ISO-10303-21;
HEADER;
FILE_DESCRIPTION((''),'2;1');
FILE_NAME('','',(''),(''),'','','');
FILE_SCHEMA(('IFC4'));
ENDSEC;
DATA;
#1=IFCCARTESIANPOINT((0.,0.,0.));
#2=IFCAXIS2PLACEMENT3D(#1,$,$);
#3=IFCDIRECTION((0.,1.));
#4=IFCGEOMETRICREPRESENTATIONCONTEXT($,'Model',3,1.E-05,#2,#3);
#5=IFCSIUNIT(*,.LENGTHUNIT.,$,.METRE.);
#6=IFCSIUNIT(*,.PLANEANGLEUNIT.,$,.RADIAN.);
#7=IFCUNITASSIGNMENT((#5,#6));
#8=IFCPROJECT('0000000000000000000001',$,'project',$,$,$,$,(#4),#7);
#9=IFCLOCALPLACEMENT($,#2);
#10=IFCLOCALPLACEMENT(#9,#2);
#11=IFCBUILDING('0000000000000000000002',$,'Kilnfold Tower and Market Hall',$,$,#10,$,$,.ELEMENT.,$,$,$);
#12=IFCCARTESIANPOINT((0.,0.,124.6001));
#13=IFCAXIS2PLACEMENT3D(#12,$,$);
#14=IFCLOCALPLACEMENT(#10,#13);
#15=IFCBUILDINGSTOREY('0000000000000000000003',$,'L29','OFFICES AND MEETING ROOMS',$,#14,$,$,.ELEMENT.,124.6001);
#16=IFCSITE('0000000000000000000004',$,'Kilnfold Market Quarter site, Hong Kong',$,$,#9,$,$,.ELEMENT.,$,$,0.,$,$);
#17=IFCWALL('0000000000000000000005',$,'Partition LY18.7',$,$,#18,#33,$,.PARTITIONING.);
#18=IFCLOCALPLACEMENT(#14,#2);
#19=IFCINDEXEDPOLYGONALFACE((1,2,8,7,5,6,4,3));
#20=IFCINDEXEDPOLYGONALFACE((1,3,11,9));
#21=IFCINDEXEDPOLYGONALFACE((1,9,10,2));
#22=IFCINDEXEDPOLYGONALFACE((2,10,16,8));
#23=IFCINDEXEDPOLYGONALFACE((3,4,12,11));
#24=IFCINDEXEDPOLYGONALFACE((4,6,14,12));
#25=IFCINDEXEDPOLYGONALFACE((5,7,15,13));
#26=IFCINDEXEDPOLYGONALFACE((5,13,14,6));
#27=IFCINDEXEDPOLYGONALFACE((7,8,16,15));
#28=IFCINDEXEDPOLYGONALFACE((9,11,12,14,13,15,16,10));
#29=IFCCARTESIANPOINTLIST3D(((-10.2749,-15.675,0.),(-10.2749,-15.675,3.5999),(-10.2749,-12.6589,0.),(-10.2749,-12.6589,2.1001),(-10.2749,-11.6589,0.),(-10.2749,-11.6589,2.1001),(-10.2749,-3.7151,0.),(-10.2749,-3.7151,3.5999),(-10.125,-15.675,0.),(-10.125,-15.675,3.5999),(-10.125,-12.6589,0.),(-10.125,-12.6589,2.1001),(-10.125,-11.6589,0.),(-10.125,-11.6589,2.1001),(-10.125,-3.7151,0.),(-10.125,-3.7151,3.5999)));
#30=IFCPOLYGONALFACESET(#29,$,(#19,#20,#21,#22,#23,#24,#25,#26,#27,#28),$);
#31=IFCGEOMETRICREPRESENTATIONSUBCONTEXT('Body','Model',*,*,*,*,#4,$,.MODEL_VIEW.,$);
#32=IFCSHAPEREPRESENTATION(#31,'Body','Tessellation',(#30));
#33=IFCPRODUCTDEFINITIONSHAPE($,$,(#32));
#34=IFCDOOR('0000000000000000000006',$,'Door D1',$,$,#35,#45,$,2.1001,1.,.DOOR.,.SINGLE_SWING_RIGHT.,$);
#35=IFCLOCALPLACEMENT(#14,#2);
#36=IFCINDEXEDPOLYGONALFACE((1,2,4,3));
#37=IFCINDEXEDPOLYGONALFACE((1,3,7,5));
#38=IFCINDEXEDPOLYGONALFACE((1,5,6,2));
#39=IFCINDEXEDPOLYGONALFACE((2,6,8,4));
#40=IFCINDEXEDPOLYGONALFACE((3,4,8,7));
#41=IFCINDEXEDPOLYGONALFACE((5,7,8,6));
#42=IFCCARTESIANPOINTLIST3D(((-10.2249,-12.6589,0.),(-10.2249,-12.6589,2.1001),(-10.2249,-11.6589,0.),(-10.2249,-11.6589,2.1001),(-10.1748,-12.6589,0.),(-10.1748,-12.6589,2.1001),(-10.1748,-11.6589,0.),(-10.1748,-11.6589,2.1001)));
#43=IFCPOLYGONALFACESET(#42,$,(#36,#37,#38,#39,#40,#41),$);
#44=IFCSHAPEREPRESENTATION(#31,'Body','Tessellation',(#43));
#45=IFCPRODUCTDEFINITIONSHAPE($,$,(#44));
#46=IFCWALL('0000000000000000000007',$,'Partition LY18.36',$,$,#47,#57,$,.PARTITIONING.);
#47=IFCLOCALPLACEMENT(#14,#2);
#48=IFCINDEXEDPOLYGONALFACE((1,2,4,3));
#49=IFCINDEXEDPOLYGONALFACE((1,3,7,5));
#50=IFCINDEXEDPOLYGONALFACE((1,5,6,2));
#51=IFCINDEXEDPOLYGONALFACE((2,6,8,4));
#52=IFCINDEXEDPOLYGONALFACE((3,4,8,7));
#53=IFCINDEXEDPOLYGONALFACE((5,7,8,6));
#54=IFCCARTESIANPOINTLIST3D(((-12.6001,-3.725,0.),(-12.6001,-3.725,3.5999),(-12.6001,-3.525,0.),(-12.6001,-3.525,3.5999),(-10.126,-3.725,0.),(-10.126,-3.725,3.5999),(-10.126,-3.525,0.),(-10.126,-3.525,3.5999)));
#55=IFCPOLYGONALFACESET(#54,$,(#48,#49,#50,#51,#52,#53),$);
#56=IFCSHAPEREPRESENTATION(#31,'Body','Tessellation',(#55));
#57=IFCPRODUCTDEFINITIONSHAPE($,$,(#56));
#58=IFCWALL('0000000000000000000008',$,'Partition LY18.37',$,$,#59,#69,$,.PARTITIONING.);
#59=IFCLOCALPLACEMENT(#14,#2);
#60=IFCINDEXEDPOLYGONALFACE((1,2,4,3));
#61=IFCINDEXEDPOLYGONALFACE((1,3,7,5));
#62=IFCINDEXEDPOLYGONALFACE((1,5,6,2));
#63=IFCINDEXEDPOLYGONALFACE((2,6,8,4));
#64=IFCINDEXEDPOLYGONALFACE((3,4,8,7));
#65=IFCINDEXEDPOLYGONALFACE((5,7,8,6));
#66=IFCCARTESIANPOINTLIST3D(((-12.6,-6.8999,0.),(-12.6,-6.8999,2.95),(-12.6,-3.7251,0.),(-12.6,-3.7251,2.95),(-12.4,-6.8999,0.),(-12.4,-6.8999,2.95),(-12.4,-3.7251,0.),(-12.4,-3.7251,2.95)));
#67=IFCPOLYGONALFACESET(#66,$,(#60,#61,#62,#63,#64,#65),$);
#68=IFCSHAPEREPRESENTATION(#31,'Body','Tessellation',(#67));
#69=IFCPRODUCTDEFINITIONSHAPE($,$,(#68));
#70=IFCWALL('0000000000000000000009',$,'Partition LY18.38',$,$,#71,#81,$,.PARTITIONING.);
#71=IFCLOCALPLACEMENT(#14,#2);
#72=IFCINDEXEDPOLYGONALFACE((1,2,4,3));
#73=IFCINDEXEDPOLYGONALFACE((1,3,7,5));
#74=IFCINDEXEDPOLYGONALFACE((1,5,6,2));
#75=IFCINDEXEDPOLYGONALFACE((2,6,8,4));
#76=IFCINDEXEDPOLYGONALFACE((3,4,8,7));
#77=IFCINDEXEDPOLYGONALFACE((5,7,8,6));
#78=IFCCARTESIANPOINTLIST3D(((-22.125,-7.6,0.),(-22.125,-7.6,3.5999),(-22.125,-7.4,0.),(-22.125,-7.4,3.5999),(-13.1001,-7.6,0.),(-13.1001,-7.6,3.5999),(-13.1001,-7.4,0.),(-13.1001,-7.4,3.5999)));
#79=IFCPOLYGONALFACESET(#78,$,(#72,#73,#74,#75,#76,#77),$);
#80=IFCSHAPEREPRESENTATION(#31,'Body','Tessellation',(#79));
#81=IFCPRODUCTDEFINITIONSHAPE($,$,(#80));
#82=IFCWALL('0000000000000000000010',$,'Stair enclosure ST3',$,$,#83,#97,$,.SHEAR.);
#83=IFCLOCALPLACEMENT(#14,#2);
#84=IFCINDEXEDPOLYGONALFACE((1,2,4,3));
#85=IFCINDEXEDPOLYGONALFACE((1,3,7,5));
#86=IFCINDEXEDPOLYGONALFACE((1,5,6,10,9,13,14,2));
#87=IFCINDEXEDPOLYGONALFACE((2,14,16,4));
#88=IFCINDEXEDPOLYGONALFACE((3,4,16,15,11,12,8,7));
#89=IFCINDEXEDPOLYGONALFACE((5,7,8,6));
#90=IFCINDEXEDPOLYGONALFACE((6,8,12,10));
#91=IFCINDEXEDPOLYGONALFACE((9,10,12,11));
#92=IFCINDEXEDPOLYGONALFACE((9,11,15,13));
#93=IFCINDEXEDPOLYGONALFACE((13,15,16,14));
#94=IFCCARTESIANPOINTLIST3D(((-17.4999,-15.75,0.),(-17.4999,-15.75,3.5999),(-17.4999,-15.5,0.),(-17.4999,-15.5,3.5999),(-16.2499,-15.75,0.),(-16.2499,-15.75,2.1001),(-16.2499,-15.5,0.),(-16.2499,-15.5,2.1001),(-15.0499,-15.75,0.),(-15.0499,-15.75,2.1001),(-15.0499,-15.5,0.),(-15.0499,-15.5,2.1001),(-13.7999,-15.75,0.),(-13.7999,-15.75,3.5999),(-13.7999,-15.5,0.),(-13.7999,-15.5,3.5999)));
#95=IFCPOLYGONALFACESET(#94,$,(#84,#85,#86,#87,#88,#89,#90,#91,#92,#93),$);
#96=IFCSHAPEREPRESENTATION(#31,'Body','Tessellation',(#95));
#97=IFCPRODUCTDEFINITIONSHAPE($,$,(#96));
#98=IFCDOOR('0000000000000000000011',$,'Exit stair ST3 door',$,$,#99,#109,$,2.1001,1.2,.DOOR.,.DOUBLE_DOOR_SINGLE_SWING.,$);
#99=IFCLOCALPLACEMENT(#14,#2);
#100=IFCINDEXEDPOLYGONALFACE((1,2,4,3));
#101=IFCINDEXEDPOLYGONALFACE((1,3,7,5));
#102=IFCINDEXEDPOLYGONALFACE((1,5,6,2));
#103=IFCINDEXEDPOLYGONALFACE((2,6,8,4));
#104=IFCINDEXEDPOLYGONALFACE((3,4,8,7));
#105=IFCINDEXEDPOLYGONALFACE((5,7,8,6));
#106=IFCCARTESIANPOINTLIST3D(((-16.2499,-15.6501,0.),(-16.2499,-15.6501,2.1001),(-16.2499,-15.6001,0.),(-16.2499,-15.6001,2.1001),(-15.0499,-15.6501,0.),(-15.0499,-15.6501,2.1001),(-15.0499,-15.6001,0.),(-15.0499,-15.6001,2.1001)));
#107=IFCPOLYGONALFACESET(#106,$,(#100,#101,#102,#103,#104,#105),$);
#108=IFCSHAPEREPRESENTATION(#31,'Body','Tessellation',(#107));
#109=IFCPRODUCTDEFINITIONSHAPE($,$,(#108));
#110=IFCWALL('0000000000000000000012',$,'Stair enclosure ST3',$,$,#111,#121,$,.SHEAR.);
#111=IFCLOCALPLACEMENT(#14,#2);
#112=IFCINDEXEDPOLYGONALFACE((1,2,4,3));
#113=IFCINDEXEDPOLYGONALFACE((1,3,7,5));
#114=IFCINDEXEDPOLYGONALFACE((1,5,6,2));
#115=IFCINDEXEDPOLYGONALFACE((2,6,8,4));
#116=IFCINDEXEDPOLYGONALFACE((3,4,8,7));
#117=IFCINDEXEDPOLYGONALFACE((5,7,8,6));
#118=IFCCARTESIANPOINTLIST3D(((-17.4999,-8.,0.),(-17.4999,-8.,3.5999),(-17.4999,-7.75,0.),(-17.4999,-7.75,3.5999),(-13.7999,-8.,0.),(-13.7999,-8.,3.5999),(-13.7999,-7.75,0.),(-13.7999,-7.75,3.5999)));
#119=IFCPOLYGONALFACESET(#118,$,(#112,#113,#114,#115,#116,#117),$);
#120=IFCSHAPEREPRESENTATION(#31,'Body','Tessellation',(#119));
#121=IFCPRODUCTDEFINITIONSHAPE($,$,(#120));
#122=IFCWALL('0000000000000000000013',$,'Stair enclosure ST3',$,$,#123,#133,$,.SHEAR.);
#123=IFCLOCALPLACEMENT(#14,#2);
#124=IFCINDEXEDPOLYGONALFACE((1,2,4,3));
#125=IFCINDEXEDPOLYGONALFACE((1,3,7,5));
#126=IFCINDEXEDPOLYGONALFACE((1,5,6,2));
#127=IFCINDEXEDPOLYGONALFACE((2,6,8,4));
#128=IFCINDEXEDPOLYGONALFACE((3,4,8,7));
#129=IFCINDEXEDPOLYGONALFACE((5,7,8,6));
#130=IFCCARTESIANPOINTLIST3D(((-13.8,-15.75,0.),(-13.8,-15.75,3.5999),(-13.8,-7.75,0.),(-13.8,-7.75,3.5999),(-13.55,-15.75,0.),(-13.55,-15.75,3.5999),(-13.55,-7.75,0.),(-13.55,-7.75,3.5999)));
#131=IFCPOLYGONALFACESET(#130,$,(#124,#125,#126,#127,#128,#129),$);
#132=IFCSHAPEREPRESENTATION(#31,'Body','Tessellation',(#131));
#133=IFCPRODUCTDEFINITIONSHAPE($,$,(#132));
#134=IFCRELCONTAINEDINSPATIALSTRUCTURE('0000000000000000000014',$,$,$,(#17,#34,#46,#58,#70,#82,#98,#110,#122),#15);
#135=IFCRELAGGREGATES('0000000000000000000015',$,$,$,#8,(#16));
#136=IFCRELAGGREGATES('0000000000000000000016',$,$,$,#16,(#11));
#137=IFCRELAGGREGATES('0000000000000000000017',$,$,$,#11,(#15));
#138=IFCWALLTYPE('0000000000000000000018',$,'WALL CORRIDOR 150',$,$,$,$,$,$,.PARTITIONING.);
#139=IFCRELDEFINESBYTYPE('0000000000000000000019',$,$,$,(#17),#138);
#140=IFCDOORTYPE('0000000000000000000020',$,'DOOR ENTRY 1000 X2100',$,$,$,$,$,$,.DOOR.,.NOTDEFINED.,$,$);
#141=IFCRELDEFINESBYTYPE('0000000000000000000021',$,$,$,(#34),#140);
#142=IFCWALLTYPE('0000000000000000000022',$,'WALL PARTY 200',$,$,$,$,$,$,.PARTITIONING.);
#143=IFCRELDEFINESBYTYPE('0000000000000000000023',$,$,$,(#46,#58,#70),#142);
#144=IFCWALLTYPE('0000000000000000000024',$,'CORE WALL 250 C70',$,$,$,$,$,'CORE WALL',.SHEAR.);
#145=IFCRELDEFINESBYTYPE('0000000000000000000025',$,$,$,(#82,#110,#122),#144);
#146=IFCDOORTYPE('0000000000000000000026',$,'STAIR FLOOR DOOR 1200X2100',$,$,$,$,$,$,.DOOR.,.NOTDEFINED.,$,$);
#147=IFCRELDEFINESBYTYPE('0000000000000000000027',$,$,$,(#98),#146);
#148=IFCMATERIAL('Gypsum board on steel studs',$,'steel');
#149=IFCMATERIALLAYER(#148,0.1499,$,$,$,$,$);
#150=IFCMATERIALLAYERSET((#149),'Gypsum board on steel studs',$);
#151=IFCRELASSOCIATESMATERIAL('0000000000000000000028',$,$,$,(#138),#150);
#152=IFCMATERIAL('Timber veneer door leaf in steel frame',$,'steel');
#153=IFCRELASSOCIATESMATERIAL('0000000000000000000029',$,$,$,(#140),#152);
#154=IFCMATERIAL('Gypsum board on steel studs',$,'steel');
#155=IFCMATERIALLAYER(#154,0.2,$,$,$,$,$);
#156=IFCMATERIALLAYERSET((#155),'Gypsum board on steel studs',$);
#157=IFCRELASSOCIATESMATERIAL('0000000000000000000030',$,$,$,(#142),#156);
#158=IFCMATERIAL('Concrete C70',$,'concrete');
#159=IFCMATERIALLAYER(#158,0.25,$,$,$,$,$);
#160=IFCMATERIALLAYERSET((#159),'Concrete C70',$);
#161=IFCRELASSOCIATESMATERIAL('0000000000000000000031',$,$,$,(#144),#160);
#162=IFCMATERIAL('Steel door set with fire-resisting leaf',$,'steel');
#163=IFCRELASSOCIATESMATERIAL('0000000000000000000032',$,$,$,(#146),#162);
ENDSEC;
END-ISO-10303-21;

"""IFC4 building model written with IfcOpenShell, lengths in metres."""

from ifc_helpers import new_model, si_unit, direction, frame, frame_2d, origin, place, context, subcontext, project, spatial, rectangle, extrude, source, transform, mapped, material, layer, layer_set, type_object, element, fill, save


model = new_model("IFC4")

# Units and contexts
model_context = context("Model", 3, precision=1e-05, world=origin(), true_north=direction((0.0, 1.0)))
body_context = subcontext(model_context, "Body", "Model", "MODEL_VIEW")
ifc_project = project(units=[si_unit("LENGTHUNIT", "METRE"), si_unit("PLANEANGLEUNIT", "RADIAN")], contexts=[model_context])

# Site, building, storey
site_placement = place(None, origin())
site = spatial("IfcSite", under=ifc_project, at=site_placement, Name="Kilnfold Market Quarter site, Hong Kong", CompositionType="ELEMENT", RefElevation=0.0)
building_placement = place(site_placement, origin())
building = spatial("IfcBuilding", under=site, at=building_placement, Name="Kilnfold Tower and Market Hall", CompositionType="ELEMENT")
storey_placement = place(building_placement, frame((0.0, 0.0, 124.6001)))
storey = spatial("IfcBuildingStorey", under=building, at=storey_placement, Name="L29", Description="OFFICES AND MEETING ROOMS", CompositionType="ELEMENT", Elevation=124.6001)

# Shared definitions
ifc_material_1 = material(Name="Gypsum board on steel studs", Category="steel")
ifc_layer_1 = layer(ifc_material_1, 0.1499)
ifc_layer_set_1 = layer_set([ifc_layer_1], Name="Gypsum board on steel studs")
wall_type_1 = type_object("IfcWallType", Name="WALL CORRIDOR 150", PredefinedType="PARTITIONING", material=ifc_layer_set_1)

# Wall, opening, door
wall_1_placement = place(storey_placement, frame((-10.2, -15.675, 0.0), z_axis=(0.0, 0.0, 1.0), x_axis=(0.0, 1.0, 0.0)))
wall_1 = element("IfcWall", 1, at=wall_1_placement, inside=storey, type_object=wall_type_1, Name="Partition LY18.7", PredefinedType="PARTITIONING", context=body_context, shape_type="SweptSolid", body=[
    extrude(rectangle(XDim=11.96, YDim=0.1499, at=frame_2d((5.98, 0.0))), origin(), (0.0, 0.0, 1.0), 3.5999),
])
opening_1_placement = place(wall_1_placement, frame((3.0161, 0.0, 0.0)))
opening_1 = element("IfcOpeningElement", 2, at=opening_1_placement, cuts=wall_1, PredefinedType="OPENING", context=body_context, shape_type="SweptSolid", body=[
    extrude(rectangle(XDim=1.0, YDim=2.1001, at=frame_2d((0.5, 1.05))), frame((0.0, 0.085, 0.0), z_axis=(0.0, -1.0, 0.0), x_axis=(1.0, 0.0, 0.0)), (0.0, 0.0, 1.0), 0.1699),
])
ifc_material_2 = material(Name="Timber veneer door leaf in steel frame", Category="steel")
door_type_1 = type_object("IfcDoorType", Name="DOOR ENTRY 1000 X2100", OperationType="NOTDEFINED", PredefinedType="DOOR", material=ifc_material_2)
door_1_placement = place(opening_1_placement, origin())
door_1 = element("IfcDoor", 3, at=door_1_placement, inside=storey, type_object=door_type_1, Name="Door D1", OperationType="SINGLE_SWING_RIGHT", OverallHeight=2.1001, OverallWidth=1.0, PredefinedType="DOOR", context=body_context, shape_type="SweptSolid", body=[
    extrude(rectangle(XDim=1.0, YDim=2.1001, at=frame_2d((0.5, 1.05))), frame((0.0, 0.0249, 0.0), z_axis=(0.0, -1.0, 0.0), x_axis=(1.0, 0.0, 0.0)), (0.0, 0.0, 1.0), 0.05),
])
fill(opening_1, door_1)

# Walls
ifc_material_3 = material(Name="Gypsum board on steel studs", Category="steel")
ifc_layer_2 = layer(ifc_material_3, 0.2)
ifc_layer_set_2 = layer_set([ifc_layer_2], Name="Gypsum board on steel studs")
wall_type_2 = type_object("IfcWallType", Name="WALL PARTY 200", PredefinedType="PARTITIONING", material=ifc_layer_set_2)
wall_2_placement = place(storey_placement, frame((-12.6001, -3.625, 0.0), z_axis=(0.0, 0.0, 1.0), x_axis=(1.0, 0.0, 0.0)))
element("IfcWall", 4, at=wall_2_placement, inside=storey, type_object=wall_type_2, Name="Partition LY18.36", PredefinedType="PARTITIONING", context=body_context, shape_type="SweptSolid", body=[
    extrude(rectangle(XDim=2.4741, YDim=0.2, at=frame_2d((1.2371, 0.0))), origin(), (0.0, 0.0, 1.0), 3.5999),
])
wall_3_placement = place(storey_placement, frame((-12.5, -6.8999, 0.0), z_axis=(0.0, 0.0, 1.0), x_axis=(0.0, 1.0, 0.0)))
element("IfcWall", 5, at=wall_3_placement, inside=storey, type_object=wall_type_2, Name="Partition LY18.37", PredefinedType="PARTITIONING", context=body_context, shape_type="SweptSolid", body=[
    extrude(rectangle(XDim=3.1748, YDim=0.2, at=frame_2d((1.5874, 0.0))), origin(), (0.0, 0.0, 1.0), 2.95),
])
wall_4_placement = place(storey_placement, frame((-22.125, -7.5, 0.0), z_axis=(0.0, 0.0, 1.0), x_axis=(1.0, 0.0, 0.0)))
element("IfcWall", 6, at=wall_4_placement, inside=storey, type_object=wall_type_2, Name="Partition LY18.38", PredefinedType="PARTITIONING", context=body_context, shape_type="SweptSolid", body=[
    extrude(rectangle(XDim=9.0249, YDim=0.2, at=frame_2d((4.5125, 0.0))), origin(), (0.0, 0.0, 1.0), 3.5999),
])

# Wall, opening, door
ifc_material_4 = material(Name="Concrete C70", Category="concrete")
ifc_layer_3 = layer(ifc_material_4, 0.25)
ifc_layer_set_3 = layer_set([ifc_layer_3], Name="Concrete C70")
wall_type_3 = type_object("IfcWallType", Name="CORE WALL 250 C70", ElementType="CORE WALL", PredefinedType="SHEAR", material=ifc_layer_set_3)
shared_shape_1 = source(origin(), body_context, "Body", "SweptSolid", [
    extrude(rectangle(XDim=3.7, YDim=0.25, at=frame_2d((1.8501, 0.0))), origin(), (0.0, 0.0, 1.0), 3.5999),
])
wall_5_placement = place(storey_placement, frame((-17.5, -15.625, 0.0), z_axis=(0.0, 0.0, 1.0), x_axis=(1.0, 0.0, 0.0)))
wall_5 = element("IfcWall", 7, at=wall_5_placement, inside=storey, type_object=wall_type_3, Name="Stair enclosure ST3", PredefinedType="SHEAR", context=body_context, shape_type="MappedRepresentation", body=[
    mapped(shared_shape_1, transform((0.0, 0.0, 0.0))),
])
opening_2_placement = place(wall_5_placement, frame((1.25, 0.0, 0.0)))
opening_2 = element("IfcOpeningElement", 8, at=opening_2_placement, cuts=wall_5, PredefinedType="OPENING", context=body_context, shape_type="SweptSolid", body=[
    extrude(rectangle(XDim=1.2, YDim=2.1001, at=frame_2d((0.6001, 1.05))), frame((0.0, 0.135, 0.0), z_axis=(0.0, -1.0, 0.0), x_axis=(1.0, 0.0, 0.0)), (0.0, 0.0, 1.0), 0.27),
])
ifc_material_5 = material(Name="Steel door set with fire-resisting leaf", Category="steel")
door_type_2 = type_object("IfcDoorType", Name="STAIR FLOOR DOOR 1200X2100", OperationType="NOTDEFINED", PredefinedType="DOOR", material=ifc_material_5)
door_2_placement = place(opening_2_placement, origin())
door_2 = element("IfcDoor", 9, at=door_2_placement, inside=storey, type_object=door_type_2, Name="Exit stair ST3 door", OperationType="DOUBLE_DOOR_SINGLE_SWING", OverallHeight=2.1001, OverallWidth=1.2, PredefinedType="DOOR", context=body_context, shape_type="SweptSolid", body=[
    extrude(rectangle(XDim=1.2, YDim=2.1001, at=frame_2d((0.6001, 1.05))), frame((0.0, 0.0249, 0.0), z_axis=(0.0, -1.0, 0.0), x_axis=(1.0, 0.0, 0.0)), (0.0, 0.0, 1.0), 0.05),
])
fill(opening_2, door_2)

# Walls
wall_6_placement = place(storey_placement, frame((-17.5, -7.875, 0.0), z_axis=(0.0, 0.0, 1.0), x_axis=(1.0, 0.0, 0.0)))
element("IfcWall", 10, at=wall_6_placement, inside=storey, type_object=wall_type_3, Name="Stair enclosure ST3", PredefinedType="SHEAR", context=body_context, shape_type="MappedRepresentation", body=[
    mapped(shared_shape_1, transform((0.0, 0.0, 0.0))),
])
shared_shape_2 = source(origin(), body_context, "Body", "SweptSolid", [
    extrude(rectangle(XDim=8.0, YDim=0.25, at=frame_2d((4.0, 0.0))), origin(), (0.0, 0.0, 1.0), 3.5999),
])
wall_7_placement = place(storey_placement, frame((-13.675, -15.75, 0.0), z_axis=(0.0, 0.0, 1.0), x_axis=(0.0, 1.0, 0.0)))
element("IfcWall", 11, at=wall_7_placement, inside=storey, type_object=wall_type_3, Name="Stair enclosure ST3", PredefinedType="SHEAR", context=body_context, shape_type="MappedRepresentation", body=[
    mapped(shared_shape_2, transform((0.0, 0.0, 0.0))),
])

save(model, "model.ifc")
